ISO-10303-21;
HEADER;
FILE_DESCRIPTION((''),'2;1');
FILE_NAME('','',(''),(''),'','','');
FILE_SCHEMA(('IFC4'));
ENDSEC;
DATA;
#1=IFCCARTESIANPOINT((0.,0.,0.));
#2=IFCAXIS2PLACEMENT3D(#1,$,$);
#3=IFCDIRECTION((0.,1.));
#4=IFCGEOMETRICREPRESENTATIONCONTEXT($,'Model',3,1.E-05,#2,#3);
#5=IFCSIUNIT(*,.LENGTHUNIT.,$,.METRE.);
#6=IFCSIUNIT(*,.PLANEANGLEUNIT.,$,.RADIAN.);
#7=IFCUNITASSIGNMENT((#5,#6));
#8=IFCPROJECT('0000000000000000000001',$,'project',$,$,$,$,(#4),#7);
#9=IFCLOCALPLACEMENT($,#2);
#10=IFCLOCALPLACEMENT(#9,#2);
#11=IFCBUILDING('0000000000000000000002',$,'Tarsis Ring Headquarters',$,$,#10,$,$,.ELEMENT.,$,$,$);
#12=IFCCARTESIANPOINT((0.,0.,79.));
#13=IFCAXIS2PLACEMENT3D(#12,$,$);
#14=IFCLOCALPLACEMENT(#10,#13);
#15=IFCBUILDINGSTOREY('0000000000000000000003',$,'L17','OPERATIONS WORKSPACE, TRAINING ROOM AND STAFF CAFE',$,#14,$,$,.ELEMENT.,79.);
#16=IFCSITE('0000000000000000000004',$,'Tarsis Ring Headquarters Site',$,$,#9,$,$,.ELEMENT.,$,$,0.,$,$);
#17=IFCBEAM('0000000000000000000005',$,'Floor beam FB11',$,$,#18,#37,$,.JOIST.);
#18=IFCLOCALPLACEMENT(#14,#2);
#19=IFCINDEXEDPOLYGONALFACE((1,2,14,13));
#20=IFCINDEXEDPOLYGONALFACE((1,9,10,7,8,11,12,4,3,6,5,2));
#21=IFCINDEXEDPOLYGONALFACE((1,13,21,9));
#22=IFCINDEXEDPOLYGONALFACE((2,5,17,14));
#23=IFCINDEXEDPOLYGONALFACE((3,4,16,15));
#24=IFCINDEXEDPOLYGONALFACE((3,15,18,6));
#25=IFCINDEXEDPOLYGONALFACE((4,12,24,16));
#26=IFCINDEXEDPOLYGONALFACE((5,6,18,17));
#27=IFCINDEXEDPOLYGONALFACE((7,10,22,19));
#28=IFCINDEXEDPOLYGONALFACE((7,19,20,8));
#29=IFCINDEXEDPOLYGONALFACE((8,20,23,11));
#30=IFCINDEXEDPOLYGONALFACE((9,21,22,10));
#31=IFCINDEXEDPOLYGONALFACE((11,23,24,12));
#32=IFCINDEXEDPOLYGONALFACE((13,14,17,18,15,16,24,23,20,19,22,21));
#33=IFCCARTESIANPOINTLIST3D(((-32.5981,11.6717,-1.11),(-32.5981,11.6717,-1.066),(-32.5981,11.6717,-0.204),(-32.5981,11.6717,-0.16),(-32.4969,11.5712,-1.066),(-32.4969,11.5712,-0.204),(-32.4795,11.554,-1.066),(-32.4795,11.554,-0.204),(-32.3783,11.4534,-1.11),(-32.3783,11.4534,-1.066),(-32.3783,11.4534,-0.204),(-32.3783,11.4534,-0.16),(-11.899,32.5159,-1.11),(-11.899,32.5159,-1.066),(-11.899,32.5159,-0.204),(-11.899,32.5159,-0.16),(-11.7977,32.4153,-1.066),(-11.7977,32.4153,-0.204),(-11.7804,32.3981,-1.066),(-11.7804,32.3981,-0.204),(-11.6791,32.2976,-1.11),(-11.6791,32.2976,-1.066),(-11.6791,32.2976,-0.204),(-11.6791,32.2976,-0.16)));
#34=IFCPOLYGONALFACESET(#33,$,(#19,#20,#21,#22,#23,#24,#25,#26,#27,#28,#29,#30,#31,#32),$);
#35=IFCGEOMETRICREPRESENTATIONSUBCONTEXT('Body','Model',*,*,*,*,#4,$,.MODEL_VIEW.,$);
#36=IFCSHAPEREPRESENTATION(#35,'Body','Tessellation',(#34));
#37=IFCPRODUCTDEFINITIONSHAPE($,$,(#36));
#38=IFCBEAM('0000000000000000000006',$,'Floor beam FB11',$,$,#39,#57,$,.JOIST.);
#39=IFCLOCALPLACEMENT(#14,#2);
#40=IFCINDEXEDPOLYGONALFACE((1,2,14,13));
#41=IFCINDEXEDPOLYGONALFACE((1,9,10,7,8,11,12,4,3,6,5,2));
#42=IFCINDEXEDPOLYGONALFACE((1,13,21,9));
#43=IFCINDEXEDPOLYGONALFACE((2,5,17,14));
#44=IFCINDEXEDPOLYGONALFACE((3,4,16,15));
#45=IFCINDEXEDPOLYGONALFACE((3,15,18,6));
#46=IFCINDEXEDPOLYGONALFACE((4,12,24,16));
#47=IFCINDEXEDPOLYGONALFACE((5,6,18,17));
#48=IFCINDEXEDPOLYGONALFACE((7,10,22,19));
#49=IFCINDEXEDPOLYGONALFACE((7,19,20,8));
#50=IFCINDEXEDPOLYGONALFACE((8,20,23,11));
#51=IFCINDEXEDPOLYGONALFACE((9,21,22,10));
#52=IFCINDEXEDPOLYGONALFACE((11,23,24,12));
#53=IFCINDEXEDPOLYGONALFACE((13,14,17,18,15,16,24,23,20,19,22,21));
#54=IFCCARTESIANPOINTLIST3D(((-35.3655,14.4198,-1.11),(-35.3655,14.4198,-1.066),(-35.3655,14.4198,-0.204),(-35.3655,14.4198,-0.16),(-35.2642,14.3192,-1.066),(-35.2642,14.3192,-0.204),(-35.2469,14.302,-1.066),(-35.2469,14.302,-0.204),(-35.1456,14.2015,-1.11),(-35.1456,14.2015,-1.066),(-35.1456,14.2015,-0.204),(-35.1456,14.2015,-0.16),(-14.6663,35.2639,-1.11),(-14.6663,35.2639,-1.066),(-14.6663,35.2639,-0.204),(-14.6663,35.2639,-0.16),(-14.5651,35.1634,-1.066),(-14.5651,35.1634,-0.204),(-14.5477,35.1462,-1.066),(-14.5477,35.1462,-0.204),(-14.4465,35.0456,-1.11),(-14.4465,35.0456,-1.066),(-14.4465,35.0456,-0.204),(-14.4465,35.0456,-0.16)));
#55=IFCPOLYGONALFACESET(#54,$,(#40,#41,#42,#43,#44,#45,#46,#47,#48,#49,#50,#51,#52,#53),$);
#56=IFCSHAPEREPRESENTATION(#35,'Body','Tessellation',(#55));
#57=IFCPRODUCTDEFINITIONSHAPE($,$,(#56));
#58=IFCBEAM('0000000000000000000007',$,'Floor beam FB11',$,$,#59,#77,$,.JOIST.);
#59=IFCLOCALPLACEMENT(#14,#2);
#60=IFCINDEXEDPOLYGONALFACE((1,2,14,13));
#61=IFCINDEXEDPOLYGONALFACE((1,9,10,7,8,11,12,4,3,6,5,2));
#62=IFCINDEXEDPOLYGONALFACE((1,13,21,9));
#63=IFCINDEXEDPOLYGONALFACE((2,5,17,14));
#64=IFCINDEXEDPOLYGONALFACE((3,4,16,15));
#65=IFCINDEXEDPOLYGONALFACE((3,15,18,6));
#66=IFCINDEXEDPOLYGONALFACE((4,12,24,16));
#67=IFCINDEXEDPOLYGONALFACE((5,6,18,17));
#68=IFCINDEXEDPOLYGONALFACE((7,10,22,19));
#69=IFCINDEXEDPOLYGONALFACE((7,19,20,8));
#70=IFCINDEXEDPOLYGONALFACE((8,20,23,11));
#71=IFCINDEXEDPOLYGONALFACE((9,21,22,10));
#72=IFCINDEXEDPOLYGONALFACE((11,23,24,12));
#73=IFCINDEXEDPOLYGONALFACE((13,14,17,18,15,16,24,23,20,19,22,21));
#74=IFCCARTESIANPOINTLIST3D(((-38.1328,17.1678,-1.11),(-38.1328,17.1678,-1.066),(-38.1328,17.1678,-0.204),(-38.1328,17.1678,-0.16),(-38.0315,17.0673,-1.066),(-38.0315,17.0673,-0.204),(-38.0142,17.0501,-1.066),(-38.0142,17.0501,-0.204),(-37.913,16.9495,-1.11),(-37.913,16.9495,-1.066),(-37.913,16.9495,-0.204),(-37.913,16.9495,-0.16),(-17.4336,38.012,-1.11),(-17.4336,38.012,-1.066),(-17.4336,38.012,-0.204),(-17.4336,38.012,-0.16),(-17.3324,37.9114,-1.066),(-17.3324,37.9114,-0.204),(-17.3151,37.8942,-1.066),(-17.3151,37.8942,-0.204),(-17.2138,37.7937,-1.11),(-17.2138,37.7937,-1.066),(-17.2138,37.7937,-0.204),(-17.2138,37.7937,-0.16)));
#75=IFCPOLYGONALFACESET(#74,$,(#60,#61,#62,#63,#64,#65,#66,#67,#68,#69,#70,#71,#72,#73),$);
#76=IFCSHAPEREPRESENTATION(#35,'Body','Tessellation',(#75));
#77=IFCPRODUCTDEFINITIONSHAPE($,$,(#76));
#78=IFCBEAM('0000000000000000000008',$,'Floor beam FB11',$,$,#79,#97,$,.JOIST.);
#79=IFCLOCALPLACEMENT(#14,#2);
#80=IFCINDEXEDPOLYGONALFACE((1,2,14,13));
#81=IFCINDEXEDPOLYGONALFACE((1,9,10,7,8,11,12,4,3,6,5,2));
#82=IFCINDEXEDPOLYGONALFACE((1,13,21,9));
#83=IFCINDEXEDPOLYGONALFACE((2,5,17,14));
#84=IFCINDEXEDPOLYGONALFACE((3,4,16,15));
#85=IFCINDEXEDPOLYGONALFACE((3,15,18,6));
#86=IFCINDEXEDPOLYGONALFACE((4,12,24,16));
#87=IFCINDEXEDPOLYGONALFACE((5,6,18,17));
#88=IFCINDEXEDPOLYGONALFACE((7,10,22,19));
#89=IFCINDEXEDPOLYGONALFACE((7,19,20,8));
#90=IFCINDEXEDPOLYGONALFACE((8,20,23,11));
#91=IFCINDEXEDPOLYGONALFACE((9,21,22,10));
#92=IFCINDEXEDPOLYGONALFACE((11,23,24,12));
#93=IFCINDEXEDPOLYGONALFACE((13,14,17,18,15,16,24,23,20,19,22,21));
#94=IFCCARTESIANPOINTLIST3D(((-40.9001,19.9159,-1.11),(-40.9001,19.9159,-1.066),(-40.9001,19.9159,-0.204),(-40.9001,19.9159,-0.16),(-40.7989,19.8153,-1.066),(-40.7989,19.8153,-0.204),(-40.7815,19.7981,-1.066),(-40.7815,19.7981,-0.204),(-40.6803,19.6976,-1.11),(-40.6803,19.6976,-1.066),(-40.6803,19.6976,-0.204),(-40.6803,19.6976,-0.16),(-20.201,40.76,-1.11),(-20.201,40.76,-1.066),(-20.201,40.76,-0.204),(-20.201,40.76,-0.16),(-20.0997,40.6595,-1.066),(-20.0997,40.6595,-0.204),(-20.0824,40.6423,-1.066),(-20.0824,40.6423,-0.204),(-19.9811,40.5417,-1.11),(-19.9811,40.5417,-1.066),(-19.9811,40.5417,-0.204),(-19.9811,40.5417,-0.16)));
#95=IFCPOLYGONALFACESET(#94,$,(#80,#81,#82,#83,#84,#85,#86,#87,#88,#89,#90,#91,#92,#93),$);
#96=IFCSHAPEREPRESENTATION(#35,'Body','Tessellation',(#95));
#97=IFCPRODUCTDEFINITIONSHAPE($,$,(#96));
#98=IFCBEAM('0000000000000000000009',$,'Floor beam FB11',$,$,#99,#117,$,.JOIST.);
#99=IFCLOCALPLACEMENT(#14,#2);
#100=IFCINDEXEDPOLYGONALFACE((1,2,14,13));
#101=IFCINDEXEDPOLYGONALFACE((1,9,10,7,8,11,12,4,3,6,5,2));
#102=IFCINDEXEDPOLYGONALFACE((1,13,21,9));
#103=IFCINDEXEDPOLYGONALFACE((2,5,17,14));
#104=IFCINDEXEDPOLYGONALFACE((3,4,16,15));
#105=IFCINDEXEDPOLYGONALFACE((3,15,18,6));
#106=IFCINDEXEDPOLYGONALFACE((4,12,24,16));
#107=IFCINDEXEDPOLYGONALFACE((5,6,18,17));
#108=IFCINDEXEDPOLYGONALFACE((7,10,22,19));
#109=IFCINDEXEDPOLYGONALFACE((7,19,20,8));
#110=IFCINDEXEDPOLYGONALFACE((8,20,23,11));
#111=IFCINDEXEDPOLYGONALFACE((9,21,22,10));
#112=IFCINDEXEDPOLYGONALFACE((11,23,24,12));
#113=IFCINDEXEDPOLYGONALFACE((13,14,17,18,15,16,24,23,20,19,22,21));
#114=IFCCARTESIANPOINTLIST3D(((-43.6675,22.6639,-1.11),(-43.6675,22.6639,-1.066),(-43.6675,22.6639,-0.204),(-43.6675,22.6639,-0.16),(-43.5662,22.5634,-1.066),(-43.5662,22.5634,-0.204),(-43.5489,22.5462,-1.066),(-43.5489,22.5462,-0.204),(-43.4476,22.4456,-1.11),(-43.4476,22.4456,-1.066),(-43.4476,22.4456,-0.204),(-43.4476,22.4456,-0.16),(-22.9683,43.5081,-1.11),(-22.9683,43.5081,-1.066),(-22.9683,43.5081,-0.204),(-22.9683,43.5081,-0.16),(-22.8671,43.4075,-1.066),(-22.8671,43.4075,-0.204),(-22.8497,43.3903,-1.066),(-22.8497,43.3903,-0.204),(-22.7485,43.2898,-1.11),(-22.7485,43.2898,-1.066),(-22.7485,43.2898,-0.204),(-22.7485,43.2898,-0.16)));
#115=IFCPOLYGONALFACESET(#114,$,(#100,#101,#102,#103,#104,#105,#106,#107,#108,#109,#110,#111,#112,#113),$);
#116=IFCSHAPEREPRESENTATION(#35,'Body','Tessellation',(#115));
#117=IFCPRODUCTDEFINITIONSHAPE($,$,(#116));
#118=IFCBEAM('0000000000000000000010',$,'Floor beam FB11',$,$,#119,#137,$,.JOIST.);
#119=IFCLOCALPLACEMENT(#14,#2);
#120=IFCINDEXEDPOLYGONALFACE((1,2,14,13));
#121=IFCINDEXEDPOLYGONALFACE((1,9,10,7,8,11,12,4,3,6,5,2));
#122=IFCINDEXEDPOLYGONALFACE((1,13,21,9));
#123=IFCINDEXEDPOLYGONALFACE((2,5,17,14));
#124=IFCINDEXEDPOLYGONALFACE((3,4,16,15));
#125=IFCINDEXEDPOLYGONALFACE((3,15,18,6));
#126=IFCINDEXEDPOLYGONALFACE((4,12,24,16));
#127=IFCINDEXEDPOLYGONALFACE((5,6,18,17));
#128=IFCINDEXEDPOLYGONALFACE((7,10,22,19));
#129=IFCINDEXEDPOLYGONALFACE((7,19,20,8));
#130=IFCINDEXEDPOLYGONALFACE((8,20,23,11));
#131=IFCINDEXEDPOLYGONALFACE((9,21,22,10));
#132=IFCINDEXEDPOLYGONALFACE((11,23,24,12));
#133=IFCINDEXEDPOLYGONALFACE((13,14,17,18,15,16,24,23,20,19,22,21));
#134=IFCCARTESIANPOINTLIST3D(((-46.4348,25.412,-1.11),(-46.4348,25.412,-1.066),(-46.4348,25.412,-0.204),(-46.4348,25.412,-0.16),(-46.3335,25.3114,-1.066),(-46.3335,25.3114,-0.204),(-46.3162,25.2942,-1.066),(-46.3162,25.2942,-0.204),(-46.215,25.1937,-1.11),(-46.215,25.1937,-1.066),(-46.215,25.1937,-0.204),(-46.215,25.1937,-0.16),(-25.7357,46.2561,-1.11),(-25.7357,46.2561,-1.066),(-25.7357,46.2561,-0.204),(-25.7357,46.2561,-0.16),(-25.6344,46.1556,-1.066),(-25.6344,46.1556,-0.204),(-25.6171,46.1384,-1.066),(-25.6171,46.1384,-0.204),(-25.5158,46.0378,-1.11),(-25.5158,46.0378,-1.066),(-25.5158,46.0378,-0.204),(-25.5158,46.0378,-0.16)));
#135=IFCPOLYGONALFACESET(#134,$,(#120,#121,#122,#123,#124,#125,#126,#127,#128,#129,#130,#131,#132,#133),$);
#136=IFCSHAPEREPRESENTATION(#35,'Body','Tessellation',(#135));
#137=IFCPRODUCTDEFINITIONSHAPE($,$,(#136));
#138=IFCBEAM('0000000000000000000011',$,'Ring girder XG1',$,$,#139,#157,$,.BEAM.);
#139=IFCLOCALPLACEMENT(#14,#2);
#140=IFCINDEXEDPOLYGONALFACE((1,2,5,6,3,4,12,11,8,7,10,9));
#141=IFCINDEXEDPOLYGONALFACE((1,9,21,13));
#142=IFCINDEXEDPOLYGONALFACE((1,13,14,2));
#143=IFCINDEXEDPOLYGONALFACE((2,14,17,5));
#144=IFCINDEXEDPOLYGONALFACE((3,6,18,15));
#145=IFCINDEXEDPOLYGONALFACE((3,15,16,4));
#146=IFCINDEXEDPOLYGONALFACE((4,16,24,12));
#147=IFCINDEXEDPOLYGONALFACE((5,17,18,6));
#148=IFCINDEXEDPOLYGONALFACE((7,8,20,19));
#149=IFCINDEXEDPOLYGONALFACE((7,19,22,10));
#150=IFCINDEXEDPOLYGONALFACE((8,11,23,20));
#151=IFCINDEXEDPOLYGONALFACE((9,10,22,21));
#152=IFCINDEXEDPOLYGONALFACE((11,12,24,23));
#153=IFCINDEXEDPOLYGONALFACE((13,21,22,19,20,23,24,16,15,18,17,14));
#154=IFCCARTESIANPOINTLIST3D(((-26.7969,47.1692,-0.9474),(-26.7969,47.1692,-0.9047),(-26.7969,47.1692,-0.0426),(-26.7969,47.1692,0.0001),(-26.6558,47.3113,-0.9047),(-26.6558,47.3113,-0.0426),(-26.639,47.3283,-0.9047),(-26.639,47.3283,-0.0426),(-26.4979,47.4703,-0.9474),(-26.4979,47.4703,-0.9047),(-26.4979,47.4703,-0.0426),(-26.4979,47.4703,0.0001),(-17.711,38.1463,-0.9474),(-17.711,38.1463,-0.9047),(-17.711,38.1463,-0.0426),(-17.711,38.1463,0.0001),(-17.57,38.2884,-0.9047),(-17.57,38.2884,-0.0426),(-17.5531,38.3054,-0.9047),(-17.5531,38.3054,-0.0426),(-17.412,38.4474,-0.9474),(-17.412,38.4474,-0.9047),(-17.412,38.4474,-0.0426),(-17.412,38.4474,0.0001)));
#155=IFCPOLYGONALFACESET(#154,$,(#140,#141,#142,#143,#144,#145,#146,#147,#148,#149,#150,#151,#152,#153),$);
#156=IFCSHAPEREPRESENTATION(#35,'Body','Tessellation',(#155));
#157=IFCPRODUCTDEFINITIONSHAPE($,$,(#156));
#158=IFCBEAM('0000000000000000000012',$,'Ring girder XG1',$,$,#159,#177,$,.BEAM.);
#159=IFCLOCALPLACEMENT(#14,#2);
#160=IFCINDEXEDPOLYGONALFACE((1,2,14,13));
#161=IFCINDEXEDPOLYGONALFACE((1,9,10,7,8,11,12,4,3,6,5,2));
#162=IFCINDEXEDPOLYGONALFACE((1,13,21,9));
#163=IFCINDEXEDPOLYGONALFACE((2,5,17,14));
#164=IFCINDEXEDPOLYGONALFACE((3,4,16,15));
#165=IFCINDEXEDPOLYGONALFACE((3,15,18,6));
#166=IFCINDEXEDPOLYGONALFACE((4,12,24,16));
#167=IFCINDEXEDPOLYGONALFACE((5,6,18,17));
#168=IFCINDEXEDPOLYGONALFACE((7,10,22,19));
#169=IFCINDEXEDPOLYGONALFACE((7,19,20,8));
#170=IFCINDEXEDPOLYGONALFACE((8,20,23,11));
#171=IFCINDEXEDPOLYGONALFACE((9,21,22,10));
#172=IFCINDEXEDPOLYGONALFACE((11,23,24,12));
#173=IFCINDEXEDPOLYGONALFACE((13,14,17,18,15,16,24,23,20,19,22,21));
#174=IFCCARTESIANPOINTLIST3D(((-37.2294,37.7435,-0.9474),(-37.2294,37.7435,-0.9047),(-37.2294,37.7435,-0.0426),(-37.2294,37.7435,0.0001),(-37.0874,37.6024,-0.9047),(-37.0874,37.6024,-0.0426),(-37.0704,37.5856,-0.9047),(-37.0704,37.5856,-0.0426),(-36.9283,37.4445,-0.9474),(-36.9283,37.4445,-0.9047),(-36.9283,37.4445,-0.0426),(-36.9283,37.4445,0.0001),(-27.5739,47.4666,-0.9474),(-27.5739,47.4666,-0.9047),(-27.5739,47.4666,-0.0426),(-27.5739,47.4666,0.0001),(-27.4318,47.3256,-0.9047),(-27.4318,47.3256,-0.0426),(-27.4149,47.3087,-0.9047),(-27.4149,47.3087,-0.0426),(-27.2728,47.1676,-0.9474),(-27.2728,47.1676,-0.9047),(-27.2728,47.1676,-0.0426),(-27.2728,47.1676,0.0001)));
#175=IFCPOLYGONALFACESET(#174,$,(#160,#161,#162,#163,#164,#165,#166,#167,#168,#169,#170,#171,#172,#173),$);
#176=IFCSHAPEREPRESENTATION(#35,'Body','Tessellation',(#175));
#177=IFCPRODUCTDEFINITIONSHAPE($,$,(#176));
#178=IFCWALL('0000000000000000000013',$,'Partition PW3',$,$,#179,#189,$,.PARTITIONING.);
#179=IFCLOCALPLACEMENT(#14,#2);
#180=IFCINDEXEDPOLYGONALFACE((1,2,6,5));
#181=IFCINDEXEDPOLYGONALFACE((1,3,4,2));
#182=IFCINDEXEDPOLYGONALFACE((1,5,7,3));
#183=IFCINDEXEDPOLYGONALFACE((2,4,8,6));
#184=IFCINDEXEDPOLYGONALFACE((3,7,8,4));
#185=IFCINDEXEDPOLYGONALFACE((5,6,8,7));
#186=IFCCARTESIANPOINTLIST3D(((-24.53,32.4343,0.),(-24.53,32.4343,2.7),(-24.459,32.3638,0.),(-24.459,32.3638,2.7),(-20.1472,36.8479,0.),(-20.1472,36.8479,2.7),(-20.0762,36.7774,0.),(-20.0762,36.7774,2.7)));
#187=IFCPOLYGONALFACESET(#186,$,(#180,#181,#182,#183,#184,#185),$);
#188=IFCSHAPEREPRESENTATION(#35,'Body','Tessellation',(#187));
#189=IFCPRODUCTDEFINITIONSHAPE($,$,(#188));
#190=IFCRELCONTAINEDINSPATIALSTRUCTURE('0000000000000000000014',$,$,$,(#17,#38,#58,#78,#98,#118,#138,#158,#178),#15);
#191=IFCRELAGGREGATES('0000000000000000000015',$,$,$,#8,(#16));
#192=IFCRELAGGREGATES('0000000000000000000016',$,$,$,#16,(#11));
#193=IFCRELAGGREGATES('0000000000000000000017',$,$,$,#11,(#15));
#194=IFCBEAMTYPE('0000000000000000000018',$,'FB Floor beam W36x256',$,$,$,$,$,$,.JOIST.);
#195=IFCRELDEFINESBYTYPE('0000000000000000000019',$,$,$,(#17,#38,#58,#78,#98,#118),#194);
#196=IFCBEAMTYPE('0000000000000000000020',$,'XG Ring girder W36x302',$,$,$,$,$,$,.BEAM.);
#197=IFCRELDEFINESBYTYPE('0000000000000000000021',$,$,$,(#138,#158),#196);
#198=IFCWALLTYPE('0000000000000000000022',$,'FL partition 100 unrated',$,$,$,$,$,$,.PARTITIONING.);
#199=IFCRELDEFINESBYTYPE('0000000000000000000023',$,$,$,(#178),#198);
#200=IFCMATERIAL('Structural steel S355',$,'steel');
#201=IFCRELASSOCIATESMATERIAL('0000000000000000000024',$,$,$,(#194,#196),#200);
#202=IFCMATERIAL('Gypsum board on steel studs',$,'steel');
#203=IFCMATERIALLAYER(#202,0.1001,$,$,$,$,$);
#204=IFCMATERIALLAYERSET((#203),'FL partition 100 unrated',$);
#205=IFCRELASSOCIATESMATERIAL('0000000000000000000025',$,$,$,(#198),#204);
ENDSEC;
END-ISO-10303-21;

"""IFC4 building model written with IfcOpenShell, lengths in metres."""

from ifc_helpers import new_model, si_unit, direction, frame, frame_2d, origin, origin_2d, place, context, subcontext, project, spatial, rectangle, i_section, extrude, material, layer, layer_set, material_profile, profile_set, type_object, element, save


model = new_model("IFC4")

# Units and contexts
model_context = context("Model", 3, precision=1e-05, world=origin(), true_north=direction((0.0, 1.0)))
body_context = subcontext(model_context, "Body", "Model", "MODEL_VIEW")
ifc_project = project(units=[si_unit("LENGTHUNIT", "METRE"), si_unit("PLANEANGLEUNIT", "RADIAN")], contexts=[model_context])

# Site, building, storey
site_placement = place(None, origin())
site = spatial("IfcSite", under=ifc_project, at=site_placement, Name="Tarsis Ring Headquarters Site", CompositionType="ELEMENT", RefElevation=0.0)
building_placement = place(site_placement, origin())
building = spatial("IfcBuilding", under=site, at=building_placement, Name="Tarsis Ring Headquarters", CompositionType="ELEMENT")
storey_placement = place(building_placement, frame((0.0, 0.0, 79.0)))
storey = spatial("IfcBuildingStorey", under=building, at=storey_placement, Name="L17", Description="OPERATIONS WORKSPACE, TRAINING ROOM AND STAFF CAFE", CompositionType="ELEMENT", Elevation=79.0)

# Beams
ifc_material_1 = material(Name="Structural steel S355", Category="steel")
ifc_material_profile_1 = material_profile(ifc_material_1, i_section(OverallWidth=0.3098, OverallDepth=0.95, WebThickness=0.0244, FlangeThickness=0.0439, at=origin_2d()), Name="W36x256")
ifc_profile_set_1 = profile_set([ifc_material_profile_1], Name="Structural steel S355")
beam_type_1 = type_object("IfcBeamType", Name="FB Floor beam W36x256", PredefinedType="JOIST", material=ifc_profile_set_1)
for number, where, z_axis, x_axis, name in (
    (1, (-11.7891, 32.4067, -0.635), (-0.704634, -0.709571, 0.0), (0.709571, -0.704634, 0.0), "Floor beam FB11"),
    (2, (-14.5564, 35.1548, -0.635), (-0.704634, -0.709571, 0.0), (0.709571, -0.704634, 0.0), "Floor beam FB11"),
    (3, (-17.3237, 37.9028, -0.635), (-0.704634, -0.709571, 0.0), (0.709571, -0.704634, 0.0), "Floor beam FB11"),
    (4, (-20.0911, 40.6509, -0.635), (-0.704634, -0.709571, 0.0), (0.709571, -0.704634, 0.0), "Floor beam FB11"),
    (5, (-22.8584, 43.3989, -0.635), (-0.704634, -0.709571, 0.0), (0.709571, -0.704634, 0.0), "Floor beam FB11"),
    (6, (-25.6257, 46.147, -0.635), (-0.704634, -0.709571, 0.0), (0.709571, -0.704634, 0.0), "Floor beam FB11"),
):
    element("IfcBeam", number, at=place(storey_placement, frame(where, z_axis=z_axis, x_axis=x_axis)), inside=storey, type_object=beam_type_1, Name=name, PredefinedType="JOIST", context=body_context, shape_type="SweptSolid", body=[
        extrude(i_section(OverallWidth=0.3098, OverallDepth=0.95, WebThickness=0.0244, FlangeThickness=0.0439, at=origin_2d()), origin(), (0.0, 0.0, 1.0), 29.3757),
    ])
ifc_material_profile_2 = material_profile(ifc_material_1, i_section(OverallWidth=0.4243, OverallDepth=0.9475, WebThickness=0.0239, FlangeThickness=0.0427, at=origin_2d()), Name="W36x302")
ifc_profile_set_2 = profile_set([ifc_material_profile_2], Name="Structural steel S355")
beam_type_2 = type_object("IfcBeamType", Name="XG Ring girder W36x302", PredefinedType="BEAM", material=ifc_profile_set_2)
beam_1_placement = place(storey_placement, frame((-17.5615, 38.2969, -0.4736), z_axis=(-0.709562, 0.704643, 0.0), x_axis=(-0.704643, -0.709562, 0.0)))
element("IfcBeam", 7, at=beam_1_placement, inside=storey, type_object=beam_type_2, Name="Ring girder XG1", PredefinedType="BEAM", context=body_context, shape_type="SweptSolid", body=[
    extrude(i_section(OverallWidth=0.4243, OverallDepth=0.9475, WebThickness=0.0239, FlangeThickness=0.0427, at=origin_2d()), origin(), (0.0, 0.0, 1.0), 12.8049),
])
beam_2_placement = place(storey_placement, frame((-27.4233, 47.3171, -0.4736), z_axis=(-0.704635, -0.70957, 0.0), x_axis=(0.70957, -0.704635, 0.0)))
element("IfcBeam", 8, at=beam_2_placement, inside=storey, type_object=beam_type_2, Name="Ring girder XG1", PredefinedType="BEAM", context=body_context, shape_type="SweptSolid", body=[
    extrude(i_section(OverallWidth=0.4243, OverallDepth=0.9475, WebThickness=0.0239, FlangeThickness=0.0427, at=origin_2d()), origin(), (0.0, 0.0, 1.0), 13.7029),
])

# Wall
ifc_material_2 = material(Name="Gypsum board on steel studs", Category="steel")
ifc_layer_1 = layer(ifc_material_2, 0.1001)
ifc_layer_set_1 = layer_set([ifc_layer_1], Name="FL partition 100 unrated")
wall_type_1 = type_object("IfcWallType", Name="FL partition 100 unrated", PredefinedType="PARTITIONING", material=ifc_layer_set_1)
wall_1_placement = place(storey_placement, frame((-24.4944, 32.3992, 0.0), z_axis=(0.0, 0.0, 1.0), x_axis=(0.70463, 0.709575, 0.0)))
element("IfcWall", 9, at=wall_1_placement, inside=storey, type_object=wall_type_1, Name="Partition PW3", PredefinedType="PARTITIONING", context=body_context, shape_type="SweptSolid", body=[
    extrude(rectangle(XDim=6.22, YDim=0.1001, at=frame_2d((3.1099, 0.0))), origin(), (0.0, 0.0, 1.0), 2.7),
])

save(model, "model.ifc")
